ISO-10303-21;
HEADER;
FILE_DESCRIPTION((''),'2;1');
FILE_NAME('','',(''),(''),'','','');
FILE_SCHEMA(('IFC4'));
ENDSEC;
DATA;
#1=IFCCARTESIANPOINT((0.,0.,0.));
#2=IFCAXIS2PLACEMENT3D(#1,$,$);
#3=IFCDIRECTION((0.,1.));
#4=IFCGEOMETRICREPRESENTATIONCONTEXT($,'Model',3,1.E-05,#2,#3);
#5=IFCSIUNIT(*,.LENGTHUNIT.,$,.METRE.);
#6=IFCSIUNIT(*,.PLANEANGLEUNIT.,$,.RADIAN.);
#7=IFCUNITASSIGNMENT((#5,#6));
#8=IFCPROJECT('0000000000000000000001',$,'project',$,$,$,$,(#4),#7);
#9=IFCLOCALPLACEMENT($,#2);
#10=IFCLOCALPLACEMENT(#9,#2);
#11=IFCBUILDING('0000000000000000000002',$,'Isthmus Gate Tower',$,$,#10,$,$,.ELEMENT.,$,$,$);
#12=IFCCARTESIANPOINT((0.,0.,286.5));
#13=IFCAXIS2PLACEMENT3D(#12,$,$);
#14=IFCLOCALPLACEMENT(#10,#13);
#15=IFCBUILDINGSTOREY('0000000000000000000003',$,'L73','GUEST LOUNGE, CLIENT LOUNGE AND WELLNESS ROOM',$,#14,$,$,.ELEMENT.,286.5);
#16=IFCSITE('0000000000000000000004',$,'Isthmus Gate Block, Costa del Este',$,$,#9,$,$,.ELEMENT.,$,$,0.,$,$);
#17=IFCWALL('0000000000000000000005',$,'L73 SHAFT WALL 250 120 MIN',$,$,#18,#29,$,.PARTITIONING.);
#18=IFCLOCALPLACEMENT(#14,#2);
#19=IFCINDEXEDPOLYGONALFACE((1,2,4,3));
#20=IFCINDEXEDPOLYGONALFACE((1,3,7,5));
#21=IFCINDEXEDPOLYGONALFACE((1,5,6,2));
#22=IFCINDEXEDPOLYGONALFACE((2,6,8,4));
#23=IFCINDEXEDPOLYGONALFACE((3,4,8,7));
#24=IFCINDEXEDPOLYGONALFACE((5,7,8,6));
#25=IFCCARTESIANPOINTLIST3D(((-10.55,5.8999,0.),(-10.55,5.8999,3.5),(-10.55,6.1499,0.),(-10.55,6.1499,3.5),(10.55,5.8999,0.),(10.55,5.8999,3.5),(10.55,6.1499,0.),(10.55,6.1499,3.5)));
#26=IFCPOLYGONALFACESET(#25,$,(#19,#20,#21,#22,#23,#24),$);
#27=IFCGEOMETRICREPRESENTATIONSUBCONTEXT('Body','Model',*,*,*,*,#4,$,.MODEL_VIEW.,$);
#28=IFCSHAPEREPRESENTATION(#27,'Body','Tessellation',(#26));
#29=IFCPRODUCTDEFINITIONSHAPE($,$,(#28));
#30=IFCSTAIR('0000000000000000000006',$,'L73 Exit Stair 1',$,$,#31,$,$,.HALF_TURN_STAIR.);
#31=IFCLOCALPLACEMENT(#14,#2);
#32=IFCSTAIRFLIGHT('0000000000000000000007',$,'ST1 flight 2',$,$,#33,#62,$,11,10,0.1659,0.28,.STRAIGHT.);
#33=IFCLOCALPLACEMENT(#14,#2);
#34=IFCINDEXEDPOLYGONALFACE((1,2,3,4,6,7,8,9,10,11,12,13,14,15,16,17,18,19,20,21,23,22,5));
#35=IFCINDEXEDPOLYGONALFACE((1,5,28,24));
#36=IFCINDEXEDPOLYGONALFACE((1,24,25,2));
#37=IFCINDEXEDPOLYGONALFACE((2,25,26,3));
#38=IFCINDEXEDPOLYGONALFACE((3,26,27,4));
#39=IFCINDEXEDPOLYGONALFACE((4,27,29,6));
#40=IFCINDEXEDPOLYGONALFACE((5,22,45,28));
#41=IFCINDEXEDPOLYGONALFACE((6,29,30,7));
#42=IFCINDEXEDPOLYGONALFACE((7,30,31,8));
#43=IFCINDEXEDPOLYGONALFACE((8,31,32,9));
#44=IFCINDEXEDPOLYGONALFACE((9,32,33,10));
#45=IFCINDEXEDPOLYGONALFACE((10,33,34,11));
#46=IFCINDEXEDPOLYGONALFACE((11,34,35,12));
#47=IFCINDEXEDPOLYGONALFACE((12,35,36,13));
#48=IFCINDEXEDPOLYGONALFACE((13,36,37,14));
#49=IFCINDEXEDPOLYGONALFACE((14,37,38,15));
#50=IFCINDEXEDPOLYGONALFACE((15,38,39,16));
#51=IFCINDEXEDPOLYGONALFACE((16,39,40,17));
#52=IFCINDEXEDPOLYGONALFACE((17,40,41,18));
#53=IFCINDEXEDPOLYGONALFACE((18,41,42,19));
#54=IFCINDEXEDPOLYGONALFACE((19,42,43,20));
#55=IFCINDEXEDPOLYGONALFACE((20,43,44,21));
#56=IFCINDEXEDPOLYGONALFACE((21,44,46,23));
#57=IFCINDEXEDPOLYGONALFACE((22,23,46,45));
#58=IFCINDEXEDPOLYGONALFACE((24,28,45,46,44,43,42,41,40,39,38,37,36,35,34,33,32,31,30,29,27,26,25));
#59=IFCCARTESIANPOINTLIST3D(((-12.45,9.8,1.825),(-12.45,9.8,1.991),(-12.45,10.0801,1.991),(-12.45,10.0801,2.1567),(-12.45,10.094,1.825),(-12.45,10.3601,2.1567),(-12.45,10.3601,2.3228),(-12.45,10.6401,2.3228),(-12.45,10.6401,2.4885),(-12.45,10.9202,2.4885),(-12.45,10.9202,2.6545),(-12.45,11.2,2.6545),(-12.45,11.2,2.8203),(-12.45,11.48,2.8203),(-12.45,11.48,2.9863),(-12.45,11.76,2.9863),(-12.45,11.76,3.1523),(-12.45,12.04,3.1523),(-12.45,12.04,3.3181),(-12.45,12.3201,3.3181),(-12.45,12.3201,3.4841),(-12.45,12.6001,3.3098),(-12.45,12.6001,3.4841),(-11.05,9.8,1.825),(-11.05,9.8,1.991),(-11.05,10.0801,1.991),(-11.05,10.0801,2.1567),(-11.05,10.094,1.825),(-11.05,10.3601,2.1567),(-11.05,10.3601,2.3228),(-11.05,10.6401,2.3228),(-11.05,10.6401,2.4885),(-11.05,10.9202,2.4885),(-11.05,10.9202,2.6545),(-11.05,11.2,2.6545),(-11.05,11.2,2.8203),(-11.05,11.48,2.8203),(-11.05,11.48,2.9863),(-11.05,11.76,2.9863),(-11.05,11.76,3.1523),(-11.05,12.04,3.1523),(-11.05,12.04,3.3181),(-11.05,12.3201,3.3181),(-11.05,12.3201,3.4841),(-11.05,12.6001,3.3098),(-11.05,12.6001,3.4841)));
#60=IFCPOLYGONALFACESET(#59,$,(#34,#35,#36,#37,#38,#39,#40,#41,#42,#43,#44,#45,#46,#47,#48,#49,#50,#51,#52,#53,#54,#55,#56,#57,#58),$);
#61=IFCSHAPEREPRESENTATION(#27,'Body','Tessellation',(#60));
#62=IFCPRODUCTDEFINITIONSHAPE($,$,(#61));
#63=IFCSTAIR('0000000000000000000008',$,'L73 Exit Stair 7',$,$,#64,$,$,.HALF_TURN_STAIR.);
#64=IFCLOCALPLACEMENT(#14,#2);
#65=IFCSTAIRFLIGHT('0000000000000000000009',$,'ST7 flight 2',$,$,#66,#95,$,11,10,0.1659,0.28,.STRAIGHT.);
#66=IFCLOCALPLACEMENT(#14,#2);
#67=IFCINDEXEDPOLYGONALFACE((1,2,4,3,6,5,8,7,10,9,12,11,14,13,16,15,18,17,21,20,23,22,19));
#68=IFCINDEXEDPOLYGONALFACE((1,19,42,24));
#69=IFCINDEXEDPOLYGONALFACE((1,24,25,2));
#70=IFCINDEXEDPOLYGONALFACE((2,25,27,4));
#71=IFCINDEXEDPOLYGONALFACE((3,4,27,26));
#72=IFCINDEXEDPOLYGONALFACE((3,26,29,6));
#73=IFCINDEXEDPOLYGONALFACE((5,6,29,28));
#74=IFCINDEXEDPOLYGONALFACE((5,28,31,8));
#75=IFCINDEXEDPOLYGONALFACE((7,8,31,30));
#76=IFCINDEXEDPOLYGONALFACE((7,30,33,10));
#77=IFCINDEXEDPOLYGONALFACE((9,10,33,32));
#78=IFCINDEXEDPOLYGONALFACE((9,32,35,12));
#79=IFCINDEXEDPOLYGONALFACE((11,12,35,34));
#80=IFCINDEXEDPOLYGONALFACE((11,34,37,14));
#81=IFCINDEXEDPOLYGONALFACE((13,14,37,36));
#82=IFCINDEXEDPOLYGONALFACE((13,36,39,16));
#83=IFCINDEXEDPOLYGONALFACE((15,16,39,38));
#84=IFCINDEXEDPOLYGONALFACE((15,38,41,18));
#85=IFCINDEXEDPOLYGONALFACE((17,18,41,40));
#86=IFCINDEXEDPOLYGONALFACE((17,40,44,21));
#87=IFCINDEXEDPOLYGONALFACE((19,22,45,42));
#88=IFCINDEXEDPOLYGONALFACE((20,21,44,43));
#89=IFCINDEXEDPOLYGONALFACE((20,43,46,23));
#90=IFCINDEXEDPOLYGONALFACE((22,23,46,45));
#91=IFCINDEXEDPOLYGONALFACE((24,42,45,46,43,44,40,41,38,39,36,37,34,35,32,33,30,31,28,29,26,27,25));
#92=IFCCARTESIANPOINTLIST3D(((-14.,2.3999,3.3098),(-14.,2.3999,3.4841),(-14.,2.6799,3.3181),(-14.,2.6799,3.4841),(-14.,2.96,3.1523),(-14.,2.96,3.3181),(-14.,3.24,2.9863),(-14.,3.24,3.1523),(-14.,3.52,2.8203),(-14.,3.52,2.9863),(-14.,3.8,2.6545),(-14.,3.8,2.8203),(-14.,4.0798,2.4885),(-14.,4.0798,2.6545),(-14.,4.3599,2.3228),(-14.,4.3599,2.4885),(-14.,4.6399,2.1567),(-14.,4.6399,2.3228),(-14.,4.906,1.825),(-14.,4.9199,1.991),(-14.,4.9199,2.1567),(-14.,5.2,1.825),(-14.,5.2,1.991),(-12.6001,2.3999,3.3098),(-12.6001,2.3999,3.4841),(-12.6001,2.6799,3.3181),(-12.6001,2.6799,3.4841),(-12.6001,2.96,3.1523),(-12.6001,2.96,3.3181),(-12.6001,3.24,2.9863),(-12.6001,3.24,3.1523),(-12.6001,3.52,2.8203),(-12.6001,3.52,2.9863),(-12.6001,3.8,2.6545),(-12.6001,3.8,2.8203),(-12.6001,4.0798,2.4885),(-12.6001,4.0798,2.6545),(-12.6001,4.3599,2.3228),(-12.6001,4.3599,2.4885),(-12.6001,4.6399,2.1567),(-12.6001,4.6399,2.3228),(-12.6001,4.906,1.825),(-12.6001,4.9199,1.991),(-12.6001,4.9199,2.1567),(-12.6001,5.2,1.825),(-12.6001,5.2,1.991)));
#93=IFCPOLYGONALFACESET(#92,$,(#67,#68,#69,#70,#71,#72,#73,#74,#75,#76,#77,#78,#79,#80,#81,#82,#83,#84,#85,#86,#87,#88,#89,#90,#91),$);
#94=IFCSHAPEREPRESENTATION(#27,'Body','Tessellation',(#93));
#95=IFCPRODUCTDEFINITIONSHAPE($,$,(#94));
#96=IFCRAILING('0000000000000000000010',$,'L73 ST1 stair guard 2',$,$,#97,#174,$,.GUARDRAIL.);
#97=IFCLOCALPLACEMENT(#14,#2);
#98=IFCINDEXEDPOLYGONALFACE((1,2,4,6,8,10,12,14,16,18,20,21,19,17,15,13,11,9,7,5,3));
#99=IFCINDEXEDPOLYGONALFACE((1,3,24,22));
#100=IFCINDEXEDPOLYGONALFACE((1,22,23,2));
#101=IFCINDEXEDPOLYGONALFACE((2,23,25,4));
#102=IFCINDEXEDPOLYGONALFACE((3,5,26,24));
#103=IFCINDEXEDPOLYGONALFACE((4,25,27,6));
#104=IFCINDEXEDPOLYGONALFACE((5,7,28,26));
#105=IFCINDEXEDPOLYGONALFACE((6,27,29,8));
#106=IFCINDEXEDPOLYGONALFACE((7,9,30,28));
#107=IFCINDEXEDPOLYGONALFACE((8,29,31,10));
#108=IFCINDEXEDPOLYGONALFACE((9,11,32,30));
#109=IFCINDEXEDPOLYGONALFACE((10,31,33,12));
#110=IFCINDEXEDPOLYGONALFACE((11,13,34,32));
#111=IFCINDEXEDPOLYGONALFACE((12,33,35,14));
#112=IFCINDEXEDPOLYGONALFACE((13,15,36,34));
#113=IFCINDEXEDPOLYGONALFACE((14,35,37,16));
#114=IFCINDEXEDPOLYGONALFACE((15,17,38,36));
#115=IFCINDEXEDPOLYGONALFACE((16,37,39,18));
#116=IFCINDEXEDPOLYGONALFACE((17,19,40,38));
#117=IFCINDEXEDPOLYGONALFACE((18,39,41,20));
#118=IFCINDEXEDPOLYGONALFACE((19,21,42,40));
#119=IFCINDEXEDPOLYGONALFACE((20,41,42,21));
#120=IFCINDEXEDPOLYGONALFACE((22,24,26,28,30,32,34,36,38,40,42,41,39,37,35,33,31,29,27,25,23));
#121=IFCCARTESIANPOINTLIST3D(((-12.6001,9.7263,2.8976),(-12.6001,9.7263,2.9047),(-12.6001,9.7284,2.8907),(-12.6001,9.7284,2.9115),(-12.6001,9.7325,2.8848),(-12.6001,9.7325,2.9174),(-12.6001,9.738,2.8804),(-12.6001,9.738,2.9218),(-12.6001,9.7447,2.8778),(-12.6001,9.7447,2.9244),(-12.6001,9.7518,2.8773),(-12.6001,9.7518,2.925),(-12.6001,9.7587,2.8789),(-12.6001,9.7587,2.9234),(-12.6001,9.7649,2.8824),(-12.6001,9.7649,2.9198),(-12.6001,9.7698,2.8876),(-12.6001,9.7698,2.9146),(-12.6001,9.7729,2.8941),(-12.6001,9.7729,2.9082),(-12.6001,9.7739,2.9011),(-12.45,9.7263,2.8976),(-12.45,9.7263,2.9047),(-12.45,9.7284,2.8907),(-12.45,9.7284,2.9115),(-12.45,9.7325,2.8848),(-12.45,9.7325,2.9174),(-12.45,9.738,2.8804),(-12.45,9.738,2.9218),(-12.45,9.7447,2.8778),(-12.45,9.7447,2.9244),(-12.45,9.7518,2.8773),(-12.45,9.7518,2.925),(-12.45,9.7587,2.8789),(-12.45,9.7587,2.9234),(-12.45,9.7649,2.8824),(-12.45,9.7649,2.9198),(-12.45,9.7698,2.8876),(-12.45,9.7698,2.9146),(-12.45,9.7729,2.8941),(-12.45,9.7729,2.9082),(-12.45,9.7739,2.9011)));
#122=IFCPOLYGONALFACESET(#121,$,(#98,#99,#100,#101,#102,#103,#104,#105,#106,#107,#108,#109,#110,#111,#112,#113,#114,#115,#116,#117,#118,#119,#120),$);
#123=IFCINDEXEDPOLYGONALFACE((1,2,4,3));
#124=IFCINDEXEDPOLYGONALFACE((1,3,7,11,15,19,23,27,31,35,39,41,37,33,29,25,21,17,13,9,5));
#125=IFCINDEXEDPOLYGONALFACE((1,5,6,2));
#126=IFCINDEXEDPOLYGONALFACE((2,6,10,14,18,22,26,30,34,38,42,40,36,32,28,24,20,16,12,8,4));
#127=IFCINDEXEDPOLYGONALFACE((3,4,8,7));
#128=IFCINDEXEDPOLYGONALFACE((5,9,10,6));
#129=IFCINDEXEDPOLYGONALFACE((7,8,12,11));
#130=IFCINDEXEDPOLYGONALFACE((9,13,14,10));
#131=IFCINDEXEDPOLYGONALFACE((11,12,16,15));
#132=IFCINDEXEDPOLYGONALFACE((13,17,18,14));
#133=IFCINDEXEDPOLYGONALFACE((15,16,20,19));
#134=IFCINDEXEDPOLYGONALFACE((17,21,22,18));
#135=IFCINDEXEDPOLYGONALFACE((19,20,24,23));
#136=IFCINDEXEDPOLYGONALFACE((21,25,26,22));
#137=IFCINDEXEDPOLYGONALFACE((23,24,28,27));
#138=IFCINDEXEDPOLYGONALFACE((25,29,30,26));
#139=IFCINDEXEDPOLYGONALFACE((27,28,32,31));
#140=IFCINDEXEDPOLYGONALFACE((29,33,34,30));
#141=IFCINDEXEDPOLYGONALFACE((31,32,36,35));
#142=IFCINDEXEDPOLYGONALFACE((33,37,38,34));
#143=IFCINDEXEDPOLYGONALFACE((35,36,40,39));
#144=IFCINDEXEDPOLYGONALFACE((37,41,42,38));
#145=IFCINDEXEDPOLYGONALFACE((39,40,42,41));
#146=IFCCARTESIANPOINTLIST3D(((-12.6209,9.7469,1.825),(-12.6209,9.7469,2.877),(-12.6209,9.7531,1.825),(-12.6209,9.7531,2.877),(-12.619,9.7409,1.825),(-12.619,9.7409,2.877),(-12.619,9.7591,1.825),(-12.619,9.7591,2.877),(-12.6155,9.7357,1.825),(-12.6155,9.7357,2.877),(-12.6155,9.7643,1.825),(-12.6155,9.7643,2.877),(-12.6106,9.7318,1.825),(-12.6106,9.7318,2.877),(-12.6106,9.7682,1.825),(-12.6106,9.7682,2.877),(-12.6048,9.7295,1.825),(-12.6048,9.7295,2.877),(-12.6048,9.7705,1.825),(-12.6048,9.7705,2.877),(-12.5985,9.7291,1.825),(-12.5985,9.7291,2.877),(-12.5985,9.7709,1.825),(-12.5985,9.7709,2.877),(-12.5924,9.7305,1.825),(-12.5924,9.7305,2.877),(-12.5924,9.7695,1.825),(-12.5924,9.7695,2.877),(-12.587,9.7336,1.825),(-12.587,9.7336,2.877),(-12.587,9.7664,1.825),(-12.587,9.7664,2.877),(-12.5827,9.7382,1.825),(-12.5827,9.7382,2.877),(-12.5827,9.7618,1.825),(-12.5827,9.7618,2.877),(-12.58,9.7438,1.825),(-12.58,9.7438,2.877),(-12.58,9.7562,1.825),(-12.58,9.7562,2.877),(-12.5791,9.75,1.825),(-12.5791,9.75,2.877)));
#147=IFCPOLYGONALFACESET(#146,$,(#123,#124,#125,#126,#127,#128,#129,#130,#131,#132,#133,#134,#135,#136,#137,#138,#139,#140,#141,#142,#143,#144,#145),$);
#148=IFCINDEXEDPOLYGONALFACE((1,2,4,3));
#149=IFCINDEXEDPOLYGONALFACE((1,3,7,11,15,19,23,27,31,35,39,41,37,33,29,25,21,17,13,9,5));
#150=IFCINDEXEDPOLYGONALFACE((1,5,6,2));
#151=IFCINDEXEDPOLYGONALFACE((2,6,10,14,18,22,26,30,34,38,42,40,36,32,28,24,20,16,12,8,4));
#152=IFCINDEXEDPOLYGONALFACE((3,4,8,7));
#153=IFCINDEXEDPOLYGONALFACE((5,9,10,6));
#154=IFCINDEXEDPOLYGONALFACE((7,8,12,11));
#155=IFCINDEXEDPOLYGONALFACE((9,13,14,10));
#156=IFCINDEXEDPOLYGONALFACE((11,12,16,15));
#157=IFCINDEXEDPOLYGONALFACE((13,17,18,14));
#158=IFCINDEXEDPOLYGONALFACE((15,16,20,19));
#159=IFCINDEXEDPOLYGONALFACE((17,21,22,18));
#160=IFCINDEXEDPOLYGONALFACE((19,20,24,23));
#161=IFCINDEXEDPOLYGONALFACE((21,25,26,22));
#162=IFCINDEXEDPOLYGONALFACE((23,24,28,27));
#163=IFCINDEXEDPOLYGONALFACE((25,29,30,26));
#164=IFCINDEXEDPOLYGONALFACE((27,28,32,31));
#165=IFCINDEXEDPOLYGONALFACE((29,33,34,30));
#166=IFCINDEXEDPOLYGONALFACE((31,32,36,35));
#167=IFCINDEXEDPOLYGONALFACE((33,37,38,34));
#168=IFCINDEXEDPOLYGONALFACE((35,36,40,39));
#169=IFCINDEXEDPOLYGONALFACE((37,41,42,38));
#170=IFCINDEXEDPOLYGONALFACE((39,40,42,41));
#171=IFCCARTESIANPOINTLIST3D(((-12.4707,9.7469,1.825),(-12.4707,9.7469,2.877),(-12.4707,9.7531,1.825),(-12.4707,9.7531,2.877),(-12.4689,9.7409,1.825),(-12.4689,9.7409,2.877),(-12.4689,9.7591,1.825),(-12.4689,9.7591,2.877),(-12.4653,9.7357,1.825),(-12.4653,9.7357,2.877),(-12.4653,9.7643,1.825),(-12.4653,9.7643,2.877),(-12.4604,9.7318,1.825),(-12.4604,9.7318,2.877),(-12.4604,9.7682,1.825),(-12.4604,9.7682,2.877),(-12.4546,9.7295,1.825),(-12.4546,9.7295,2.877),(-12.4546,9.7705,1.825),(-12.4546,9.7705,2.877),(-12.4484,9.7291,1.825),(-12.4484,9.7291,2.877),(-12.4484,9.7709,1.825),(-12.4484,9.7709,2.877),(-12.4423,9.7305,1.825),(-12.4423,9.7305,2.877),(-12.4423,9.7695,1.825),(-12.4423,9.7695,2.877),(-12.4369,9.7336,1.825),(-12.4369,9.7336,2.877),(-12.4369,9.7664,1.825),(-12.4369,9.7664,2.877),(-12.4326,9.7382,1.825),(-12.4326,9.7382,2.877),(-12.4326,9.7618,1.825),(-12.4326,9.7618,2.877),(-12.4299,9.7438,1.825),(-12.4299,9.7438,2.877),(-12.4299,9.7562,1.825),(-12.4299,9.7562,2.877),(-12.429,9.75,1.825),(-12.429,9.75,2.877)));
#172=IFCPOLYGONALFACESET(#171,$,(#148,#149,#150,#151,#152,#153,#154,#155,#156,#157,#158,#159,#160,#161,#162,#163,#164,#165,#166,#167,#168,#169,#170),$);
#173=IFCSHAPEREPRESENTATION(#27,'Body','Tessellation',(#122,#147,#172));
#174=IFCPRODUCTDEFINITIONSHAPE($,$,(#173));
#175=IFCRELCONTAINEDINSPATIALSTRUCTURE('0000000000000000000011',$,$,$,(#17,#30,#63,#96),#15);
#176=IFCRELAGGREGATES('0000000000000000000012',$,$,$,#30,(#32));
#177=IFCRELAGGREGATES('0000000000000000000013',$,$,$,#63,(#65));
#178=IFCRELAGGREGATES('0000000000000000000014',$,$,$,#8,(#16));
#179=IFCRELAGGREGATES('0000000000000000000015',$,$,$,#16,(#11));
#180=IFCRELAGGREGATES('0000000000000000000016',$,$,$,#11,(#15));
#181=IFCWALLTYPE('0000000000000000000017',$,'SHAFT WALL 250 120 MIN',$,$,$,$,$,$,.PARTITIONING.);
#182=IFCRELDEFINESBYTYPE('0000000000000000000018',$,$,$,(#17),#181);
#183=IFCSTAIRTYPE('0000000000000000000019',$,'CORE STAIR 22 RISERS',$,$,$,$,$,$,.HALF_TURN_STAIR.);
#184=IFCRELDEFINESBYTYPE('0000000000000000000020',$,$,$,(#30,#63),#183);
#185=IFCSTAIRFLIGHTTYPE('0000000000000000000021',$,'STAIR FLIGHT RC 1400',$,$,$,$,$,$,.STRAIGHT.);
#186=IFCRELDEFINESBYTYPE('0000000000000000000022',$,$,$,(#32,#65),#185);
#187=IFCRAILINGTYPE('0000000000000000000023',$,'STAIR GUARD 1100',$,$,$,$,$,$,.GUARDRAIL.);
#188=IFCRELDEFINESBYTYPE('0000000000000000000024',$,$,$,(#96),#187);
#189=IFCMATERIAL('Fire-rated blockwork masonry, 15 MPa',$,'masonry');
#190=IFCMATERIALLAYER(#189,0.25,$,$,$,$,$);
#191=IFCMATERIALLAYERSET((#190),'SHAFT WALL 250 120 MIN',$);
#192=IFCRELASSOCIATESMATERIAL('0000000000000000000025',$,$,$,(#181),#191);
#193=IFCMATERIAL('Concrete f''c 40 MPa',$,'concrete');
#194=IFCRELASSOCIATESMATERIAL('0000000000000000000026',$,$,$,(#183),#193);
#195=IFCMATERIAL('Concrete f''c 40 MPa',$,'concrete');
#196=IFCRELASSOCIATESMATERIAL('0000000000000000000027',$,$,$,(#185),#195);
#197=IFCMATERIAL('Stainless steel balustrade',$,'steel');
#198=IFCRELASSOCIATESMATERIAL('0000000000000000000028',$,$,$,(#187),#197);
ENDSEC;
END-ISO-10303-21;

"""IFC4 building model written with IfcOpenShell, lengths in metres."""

from ifc_helpers import new_model, si_unit, direction, frame, frame_2d, origin, origin_2d, place, context, subcontext, project, spatial, polyline, rectangle, circle, outline, extrude, material, layer, layer_set, type_object, element, aggregate, save


model = new_model("IFC4")

# Units and contexts
model_context = context("Model", 3, precision=1e-05, world=origin(), true_north=direction((0.0, 1.0)))
body_context = subcontext(model_context, "Body", "Model", "MODEL_VIEW")
ifc_project = project(units=[si_unit("LENGTHUNIT", "METRE"), si_unit("PLANEANGLEUNIT", "RADIAN")], contexts=[model_context])

# Site, building, storey
site_placement = place(None, origin())
site = spatial("IfcSite", under=ifc_project, at=site_placement, Name="Isthmus Gate Block, Costa del Este", CompositionType="ELEMENT", RefElevation=0.0)
building_placement = place(site_placement, origin())
building = spatial("IfcBuilding", under=site, at=building_placement, Name="Isthmus Gate Tower", CompositionType="ELEMENT")
storey_placement = place(building_placement, frame((0.0, 0.0, 286.5)))
storey = spatial("IfcBuildingStorey", under=building, at=storey_placement, Name="L73", Description="GUEST LOUNGE, CLIENT LOUNGE AND WELLNESS ROOM", CompositionType="ELEMENT", Elevation=286.5)

# Wall
ifc_material_1 = material(Name="Fire-rated blockwork masonry, 15 MPa", Category="masonry")
ifc_layer_1 = layer(ifc_material_1, 0.25)
ifc_layer_set_1 = layer_set([ifc_layer_1], Name="SHAFT WALL 250 120 MIN")
wall_type_1 = type_object("IfcWallType", Name="SHAFT WALL 250 120 MIN", PredefinedType="PARTITIONING", material=ifc_layer_set_1)
wall_1_placement = place(storey_placement, frame((-10.55, 6.0249, 0.0), z_axis=(0.0, 0.0, 1.0), x_axis=(1.0, 0.0, 0.0)))
element("IfcWall", 1, at=wall_1_placement, inside=storey, type_object=wall_type_1, Name="L73 SHAFT WALL 250 120 MIN", PredefinedType="PARTITIONING", context=body_context, shape_type="SweptSolid", body=[
    extrude(rectangle(XDim=21.1001, YDim=0.25, at=frame_2d((10.55, 0.0))), origin(), (0.0, 0.0, 1.0), 3.5),
])

# Stairs, stair flights
ifc_material_2 = material(Name="Concrete f'c 40 MPa", Category="concrete")
stair_type = type_object("IfcStairType", Name="CORE STAIR 22 RISERS", PredefinedType="HALF_TURN_STAIR", material=ifc_material_2)
stair_1_placement = place(storey_placement, origin())
stair_1 = element("IfcStair", 2, at=stair_1_placement, inside=storey, type_object=stair_type, Name="L73 Exit Stair 1", PredefinedType="HALF_TURN_STAIR")
ifc_material_3 = material(Name="Concrete f'c 40 MPa", Category="concrete")
stair_flight_type = type_object("IfcStairFlightType", Name="STAIR FLIGHT RC 1400", PredefinedType="STRAIGHT", material=ifc_material_3)
stair_flight_1_placement = place(storey_placement, frame((-11.75, 9.8, 1.825), z_axis=(0.0, 0.0, 1.0), x_axis=(0.0, 1.0, 0.0)))
stair_flight_1 = element("IfcStairFlight", 3, at=stair_flight_1_placement, type_object=stair_flight_type, Name="ST1 flight 2", NumberOfRisers=11, NumberOfTreads=10, PredefinedType="STRAIGHT", RiserHeight=0.1659, TreadLength=0.28, context=body_context, shape_type="SweptSolid", body=[
    extrude(outline(polyline([(0.0, 0.0), (0.0, 0.166), (0.28, 0.166), (0.28, 0.3318), (0.5601, 0.3318), (0.5601, 0.4978), (0.8401, 0.4978), (0.8401, 0.6636), (1.1201, 0.6636), (1.1201, 0.8296), (1.3999, 0.8296), (1.3999, 0.9954), (1.6799, 0.9954), (1.6799, 1.1614), (1.96, 1.1614), (1.96, 1.3274), (2.24, 1.3274), (2.24, 1.4932), (2.52, 1.4932), (2.52, 1.6592), (2.8, 1.6592), (2.8, 1.825), (2.8, 1.4849), (0.2939, 0.0), (0.0, 0.0)])), frame((0.0, 0.7, 0.0), z_axis=(0.0, -1.0, 0.0), x_axis=(1.0, 0.0, 0.0)), (0.0, 0.0, 1.0), 1.3999),
])
aggregate(stair_1, [stair_flight_1])
stair_2_placement = place(storey_placement, origin())
stair_2 = element("IfcStair", 4, at=stair_2_placement, inside=storey, type_object=stair_type, Name="L73 Exit Stair 7", PredefinedType="HALF_TURN_STAIR")
stair_flight_2_placement = place(storey_placement, frame((-13.3, 5.2, 1.825), z_axis=(0.0, 0.0, 1.0), x_axis=(0.0, -1.0, 0.0)))
stair_flight_2 = element("IfcStairFlight", 5, at=stair_flight_2_placement, type_object=stair_flight_type, Name="ST7 flight 2", NumberOfRisers=11, NumberOfTreads=10, PredefinedType="STRAIGHT", RiserHeight=0.1659, TreadLength=0.28, context=body_context, shape_type="SweptSolid", body=[
    extrude(outline(polyline([(0.0, 0.0), (0.0, 0.166), (0.28, 0.166), (0.28, 0.3318), (0.5601, 0.3318), (0.5601, 0.4978), (0.8401, 0.4978), (0.8401, 0.6636), (1.1201, 0.6636), (1.1201, 0.8296), (1.3999, 0.8296), (1.3999, 0.9954), (1.6799, 0.9954), (1.6799, 1.1614), (1.96, 1.1614), (1.96, 1.3274), (2.24, 1.3274), (2.24, 1.4932), (2.52, 1.4932), (2.52, 1.6592), (2.8, 1.6592), (2.8, 1.825), (2.8, 1.4849), (0.2939, 0.0), (0.0, 0.0)])), frame((0.0, 0.7, 0.0), z_axis=(0.0, -1.0, 0.0), x_axis=(1.0, 0.0, 0.0)), (0.0, 0.0, 1.0), 1.3999),
])
aggregate(stair_2, [stair_flight_2])

# Railing
ifc_material_4 = material(Name="Stainless steel balustrade", Category="steel")
railing_type_1 = type_object("IfcRailingType", Name="STAIR GUARD 1100", PredefinedType="GUARDRAIL", material=ifc_material_4)
railing_1_placement = place(storey_placement, frame((-12.6001, 9.75, 1.825)))
element("IfcRailing", 6, at=railing_1_placement, inside=storey, type_object=railing_type_1, Name="L73 ST1 stair guard 2", PredefinedType="GUARDRAIL", context=body_context, shape_type="SweptSolid", body=[
    extrude(circle(Radius=0.0239, at=origin_2d()), frame((0.0, 0.0, 1.0762), z_axis=(1.0, 0.0, 0.0), x_axis=(0.0, 1.0, 0.0)), (0.0, 0.0, 1.0), 0.1501),
    extrude(circle(Radius=0.021, at=origin_2d()), origin(), (0.0, 0.0, 1.0), 1.052),
    extrude(circle(Radius=0.021, at=origin_2d()), frame((0.1501, 0.0, 0.0)), (0.0, 0.0, 1.0), 1.052),
])

save(model, "model.ifc")
